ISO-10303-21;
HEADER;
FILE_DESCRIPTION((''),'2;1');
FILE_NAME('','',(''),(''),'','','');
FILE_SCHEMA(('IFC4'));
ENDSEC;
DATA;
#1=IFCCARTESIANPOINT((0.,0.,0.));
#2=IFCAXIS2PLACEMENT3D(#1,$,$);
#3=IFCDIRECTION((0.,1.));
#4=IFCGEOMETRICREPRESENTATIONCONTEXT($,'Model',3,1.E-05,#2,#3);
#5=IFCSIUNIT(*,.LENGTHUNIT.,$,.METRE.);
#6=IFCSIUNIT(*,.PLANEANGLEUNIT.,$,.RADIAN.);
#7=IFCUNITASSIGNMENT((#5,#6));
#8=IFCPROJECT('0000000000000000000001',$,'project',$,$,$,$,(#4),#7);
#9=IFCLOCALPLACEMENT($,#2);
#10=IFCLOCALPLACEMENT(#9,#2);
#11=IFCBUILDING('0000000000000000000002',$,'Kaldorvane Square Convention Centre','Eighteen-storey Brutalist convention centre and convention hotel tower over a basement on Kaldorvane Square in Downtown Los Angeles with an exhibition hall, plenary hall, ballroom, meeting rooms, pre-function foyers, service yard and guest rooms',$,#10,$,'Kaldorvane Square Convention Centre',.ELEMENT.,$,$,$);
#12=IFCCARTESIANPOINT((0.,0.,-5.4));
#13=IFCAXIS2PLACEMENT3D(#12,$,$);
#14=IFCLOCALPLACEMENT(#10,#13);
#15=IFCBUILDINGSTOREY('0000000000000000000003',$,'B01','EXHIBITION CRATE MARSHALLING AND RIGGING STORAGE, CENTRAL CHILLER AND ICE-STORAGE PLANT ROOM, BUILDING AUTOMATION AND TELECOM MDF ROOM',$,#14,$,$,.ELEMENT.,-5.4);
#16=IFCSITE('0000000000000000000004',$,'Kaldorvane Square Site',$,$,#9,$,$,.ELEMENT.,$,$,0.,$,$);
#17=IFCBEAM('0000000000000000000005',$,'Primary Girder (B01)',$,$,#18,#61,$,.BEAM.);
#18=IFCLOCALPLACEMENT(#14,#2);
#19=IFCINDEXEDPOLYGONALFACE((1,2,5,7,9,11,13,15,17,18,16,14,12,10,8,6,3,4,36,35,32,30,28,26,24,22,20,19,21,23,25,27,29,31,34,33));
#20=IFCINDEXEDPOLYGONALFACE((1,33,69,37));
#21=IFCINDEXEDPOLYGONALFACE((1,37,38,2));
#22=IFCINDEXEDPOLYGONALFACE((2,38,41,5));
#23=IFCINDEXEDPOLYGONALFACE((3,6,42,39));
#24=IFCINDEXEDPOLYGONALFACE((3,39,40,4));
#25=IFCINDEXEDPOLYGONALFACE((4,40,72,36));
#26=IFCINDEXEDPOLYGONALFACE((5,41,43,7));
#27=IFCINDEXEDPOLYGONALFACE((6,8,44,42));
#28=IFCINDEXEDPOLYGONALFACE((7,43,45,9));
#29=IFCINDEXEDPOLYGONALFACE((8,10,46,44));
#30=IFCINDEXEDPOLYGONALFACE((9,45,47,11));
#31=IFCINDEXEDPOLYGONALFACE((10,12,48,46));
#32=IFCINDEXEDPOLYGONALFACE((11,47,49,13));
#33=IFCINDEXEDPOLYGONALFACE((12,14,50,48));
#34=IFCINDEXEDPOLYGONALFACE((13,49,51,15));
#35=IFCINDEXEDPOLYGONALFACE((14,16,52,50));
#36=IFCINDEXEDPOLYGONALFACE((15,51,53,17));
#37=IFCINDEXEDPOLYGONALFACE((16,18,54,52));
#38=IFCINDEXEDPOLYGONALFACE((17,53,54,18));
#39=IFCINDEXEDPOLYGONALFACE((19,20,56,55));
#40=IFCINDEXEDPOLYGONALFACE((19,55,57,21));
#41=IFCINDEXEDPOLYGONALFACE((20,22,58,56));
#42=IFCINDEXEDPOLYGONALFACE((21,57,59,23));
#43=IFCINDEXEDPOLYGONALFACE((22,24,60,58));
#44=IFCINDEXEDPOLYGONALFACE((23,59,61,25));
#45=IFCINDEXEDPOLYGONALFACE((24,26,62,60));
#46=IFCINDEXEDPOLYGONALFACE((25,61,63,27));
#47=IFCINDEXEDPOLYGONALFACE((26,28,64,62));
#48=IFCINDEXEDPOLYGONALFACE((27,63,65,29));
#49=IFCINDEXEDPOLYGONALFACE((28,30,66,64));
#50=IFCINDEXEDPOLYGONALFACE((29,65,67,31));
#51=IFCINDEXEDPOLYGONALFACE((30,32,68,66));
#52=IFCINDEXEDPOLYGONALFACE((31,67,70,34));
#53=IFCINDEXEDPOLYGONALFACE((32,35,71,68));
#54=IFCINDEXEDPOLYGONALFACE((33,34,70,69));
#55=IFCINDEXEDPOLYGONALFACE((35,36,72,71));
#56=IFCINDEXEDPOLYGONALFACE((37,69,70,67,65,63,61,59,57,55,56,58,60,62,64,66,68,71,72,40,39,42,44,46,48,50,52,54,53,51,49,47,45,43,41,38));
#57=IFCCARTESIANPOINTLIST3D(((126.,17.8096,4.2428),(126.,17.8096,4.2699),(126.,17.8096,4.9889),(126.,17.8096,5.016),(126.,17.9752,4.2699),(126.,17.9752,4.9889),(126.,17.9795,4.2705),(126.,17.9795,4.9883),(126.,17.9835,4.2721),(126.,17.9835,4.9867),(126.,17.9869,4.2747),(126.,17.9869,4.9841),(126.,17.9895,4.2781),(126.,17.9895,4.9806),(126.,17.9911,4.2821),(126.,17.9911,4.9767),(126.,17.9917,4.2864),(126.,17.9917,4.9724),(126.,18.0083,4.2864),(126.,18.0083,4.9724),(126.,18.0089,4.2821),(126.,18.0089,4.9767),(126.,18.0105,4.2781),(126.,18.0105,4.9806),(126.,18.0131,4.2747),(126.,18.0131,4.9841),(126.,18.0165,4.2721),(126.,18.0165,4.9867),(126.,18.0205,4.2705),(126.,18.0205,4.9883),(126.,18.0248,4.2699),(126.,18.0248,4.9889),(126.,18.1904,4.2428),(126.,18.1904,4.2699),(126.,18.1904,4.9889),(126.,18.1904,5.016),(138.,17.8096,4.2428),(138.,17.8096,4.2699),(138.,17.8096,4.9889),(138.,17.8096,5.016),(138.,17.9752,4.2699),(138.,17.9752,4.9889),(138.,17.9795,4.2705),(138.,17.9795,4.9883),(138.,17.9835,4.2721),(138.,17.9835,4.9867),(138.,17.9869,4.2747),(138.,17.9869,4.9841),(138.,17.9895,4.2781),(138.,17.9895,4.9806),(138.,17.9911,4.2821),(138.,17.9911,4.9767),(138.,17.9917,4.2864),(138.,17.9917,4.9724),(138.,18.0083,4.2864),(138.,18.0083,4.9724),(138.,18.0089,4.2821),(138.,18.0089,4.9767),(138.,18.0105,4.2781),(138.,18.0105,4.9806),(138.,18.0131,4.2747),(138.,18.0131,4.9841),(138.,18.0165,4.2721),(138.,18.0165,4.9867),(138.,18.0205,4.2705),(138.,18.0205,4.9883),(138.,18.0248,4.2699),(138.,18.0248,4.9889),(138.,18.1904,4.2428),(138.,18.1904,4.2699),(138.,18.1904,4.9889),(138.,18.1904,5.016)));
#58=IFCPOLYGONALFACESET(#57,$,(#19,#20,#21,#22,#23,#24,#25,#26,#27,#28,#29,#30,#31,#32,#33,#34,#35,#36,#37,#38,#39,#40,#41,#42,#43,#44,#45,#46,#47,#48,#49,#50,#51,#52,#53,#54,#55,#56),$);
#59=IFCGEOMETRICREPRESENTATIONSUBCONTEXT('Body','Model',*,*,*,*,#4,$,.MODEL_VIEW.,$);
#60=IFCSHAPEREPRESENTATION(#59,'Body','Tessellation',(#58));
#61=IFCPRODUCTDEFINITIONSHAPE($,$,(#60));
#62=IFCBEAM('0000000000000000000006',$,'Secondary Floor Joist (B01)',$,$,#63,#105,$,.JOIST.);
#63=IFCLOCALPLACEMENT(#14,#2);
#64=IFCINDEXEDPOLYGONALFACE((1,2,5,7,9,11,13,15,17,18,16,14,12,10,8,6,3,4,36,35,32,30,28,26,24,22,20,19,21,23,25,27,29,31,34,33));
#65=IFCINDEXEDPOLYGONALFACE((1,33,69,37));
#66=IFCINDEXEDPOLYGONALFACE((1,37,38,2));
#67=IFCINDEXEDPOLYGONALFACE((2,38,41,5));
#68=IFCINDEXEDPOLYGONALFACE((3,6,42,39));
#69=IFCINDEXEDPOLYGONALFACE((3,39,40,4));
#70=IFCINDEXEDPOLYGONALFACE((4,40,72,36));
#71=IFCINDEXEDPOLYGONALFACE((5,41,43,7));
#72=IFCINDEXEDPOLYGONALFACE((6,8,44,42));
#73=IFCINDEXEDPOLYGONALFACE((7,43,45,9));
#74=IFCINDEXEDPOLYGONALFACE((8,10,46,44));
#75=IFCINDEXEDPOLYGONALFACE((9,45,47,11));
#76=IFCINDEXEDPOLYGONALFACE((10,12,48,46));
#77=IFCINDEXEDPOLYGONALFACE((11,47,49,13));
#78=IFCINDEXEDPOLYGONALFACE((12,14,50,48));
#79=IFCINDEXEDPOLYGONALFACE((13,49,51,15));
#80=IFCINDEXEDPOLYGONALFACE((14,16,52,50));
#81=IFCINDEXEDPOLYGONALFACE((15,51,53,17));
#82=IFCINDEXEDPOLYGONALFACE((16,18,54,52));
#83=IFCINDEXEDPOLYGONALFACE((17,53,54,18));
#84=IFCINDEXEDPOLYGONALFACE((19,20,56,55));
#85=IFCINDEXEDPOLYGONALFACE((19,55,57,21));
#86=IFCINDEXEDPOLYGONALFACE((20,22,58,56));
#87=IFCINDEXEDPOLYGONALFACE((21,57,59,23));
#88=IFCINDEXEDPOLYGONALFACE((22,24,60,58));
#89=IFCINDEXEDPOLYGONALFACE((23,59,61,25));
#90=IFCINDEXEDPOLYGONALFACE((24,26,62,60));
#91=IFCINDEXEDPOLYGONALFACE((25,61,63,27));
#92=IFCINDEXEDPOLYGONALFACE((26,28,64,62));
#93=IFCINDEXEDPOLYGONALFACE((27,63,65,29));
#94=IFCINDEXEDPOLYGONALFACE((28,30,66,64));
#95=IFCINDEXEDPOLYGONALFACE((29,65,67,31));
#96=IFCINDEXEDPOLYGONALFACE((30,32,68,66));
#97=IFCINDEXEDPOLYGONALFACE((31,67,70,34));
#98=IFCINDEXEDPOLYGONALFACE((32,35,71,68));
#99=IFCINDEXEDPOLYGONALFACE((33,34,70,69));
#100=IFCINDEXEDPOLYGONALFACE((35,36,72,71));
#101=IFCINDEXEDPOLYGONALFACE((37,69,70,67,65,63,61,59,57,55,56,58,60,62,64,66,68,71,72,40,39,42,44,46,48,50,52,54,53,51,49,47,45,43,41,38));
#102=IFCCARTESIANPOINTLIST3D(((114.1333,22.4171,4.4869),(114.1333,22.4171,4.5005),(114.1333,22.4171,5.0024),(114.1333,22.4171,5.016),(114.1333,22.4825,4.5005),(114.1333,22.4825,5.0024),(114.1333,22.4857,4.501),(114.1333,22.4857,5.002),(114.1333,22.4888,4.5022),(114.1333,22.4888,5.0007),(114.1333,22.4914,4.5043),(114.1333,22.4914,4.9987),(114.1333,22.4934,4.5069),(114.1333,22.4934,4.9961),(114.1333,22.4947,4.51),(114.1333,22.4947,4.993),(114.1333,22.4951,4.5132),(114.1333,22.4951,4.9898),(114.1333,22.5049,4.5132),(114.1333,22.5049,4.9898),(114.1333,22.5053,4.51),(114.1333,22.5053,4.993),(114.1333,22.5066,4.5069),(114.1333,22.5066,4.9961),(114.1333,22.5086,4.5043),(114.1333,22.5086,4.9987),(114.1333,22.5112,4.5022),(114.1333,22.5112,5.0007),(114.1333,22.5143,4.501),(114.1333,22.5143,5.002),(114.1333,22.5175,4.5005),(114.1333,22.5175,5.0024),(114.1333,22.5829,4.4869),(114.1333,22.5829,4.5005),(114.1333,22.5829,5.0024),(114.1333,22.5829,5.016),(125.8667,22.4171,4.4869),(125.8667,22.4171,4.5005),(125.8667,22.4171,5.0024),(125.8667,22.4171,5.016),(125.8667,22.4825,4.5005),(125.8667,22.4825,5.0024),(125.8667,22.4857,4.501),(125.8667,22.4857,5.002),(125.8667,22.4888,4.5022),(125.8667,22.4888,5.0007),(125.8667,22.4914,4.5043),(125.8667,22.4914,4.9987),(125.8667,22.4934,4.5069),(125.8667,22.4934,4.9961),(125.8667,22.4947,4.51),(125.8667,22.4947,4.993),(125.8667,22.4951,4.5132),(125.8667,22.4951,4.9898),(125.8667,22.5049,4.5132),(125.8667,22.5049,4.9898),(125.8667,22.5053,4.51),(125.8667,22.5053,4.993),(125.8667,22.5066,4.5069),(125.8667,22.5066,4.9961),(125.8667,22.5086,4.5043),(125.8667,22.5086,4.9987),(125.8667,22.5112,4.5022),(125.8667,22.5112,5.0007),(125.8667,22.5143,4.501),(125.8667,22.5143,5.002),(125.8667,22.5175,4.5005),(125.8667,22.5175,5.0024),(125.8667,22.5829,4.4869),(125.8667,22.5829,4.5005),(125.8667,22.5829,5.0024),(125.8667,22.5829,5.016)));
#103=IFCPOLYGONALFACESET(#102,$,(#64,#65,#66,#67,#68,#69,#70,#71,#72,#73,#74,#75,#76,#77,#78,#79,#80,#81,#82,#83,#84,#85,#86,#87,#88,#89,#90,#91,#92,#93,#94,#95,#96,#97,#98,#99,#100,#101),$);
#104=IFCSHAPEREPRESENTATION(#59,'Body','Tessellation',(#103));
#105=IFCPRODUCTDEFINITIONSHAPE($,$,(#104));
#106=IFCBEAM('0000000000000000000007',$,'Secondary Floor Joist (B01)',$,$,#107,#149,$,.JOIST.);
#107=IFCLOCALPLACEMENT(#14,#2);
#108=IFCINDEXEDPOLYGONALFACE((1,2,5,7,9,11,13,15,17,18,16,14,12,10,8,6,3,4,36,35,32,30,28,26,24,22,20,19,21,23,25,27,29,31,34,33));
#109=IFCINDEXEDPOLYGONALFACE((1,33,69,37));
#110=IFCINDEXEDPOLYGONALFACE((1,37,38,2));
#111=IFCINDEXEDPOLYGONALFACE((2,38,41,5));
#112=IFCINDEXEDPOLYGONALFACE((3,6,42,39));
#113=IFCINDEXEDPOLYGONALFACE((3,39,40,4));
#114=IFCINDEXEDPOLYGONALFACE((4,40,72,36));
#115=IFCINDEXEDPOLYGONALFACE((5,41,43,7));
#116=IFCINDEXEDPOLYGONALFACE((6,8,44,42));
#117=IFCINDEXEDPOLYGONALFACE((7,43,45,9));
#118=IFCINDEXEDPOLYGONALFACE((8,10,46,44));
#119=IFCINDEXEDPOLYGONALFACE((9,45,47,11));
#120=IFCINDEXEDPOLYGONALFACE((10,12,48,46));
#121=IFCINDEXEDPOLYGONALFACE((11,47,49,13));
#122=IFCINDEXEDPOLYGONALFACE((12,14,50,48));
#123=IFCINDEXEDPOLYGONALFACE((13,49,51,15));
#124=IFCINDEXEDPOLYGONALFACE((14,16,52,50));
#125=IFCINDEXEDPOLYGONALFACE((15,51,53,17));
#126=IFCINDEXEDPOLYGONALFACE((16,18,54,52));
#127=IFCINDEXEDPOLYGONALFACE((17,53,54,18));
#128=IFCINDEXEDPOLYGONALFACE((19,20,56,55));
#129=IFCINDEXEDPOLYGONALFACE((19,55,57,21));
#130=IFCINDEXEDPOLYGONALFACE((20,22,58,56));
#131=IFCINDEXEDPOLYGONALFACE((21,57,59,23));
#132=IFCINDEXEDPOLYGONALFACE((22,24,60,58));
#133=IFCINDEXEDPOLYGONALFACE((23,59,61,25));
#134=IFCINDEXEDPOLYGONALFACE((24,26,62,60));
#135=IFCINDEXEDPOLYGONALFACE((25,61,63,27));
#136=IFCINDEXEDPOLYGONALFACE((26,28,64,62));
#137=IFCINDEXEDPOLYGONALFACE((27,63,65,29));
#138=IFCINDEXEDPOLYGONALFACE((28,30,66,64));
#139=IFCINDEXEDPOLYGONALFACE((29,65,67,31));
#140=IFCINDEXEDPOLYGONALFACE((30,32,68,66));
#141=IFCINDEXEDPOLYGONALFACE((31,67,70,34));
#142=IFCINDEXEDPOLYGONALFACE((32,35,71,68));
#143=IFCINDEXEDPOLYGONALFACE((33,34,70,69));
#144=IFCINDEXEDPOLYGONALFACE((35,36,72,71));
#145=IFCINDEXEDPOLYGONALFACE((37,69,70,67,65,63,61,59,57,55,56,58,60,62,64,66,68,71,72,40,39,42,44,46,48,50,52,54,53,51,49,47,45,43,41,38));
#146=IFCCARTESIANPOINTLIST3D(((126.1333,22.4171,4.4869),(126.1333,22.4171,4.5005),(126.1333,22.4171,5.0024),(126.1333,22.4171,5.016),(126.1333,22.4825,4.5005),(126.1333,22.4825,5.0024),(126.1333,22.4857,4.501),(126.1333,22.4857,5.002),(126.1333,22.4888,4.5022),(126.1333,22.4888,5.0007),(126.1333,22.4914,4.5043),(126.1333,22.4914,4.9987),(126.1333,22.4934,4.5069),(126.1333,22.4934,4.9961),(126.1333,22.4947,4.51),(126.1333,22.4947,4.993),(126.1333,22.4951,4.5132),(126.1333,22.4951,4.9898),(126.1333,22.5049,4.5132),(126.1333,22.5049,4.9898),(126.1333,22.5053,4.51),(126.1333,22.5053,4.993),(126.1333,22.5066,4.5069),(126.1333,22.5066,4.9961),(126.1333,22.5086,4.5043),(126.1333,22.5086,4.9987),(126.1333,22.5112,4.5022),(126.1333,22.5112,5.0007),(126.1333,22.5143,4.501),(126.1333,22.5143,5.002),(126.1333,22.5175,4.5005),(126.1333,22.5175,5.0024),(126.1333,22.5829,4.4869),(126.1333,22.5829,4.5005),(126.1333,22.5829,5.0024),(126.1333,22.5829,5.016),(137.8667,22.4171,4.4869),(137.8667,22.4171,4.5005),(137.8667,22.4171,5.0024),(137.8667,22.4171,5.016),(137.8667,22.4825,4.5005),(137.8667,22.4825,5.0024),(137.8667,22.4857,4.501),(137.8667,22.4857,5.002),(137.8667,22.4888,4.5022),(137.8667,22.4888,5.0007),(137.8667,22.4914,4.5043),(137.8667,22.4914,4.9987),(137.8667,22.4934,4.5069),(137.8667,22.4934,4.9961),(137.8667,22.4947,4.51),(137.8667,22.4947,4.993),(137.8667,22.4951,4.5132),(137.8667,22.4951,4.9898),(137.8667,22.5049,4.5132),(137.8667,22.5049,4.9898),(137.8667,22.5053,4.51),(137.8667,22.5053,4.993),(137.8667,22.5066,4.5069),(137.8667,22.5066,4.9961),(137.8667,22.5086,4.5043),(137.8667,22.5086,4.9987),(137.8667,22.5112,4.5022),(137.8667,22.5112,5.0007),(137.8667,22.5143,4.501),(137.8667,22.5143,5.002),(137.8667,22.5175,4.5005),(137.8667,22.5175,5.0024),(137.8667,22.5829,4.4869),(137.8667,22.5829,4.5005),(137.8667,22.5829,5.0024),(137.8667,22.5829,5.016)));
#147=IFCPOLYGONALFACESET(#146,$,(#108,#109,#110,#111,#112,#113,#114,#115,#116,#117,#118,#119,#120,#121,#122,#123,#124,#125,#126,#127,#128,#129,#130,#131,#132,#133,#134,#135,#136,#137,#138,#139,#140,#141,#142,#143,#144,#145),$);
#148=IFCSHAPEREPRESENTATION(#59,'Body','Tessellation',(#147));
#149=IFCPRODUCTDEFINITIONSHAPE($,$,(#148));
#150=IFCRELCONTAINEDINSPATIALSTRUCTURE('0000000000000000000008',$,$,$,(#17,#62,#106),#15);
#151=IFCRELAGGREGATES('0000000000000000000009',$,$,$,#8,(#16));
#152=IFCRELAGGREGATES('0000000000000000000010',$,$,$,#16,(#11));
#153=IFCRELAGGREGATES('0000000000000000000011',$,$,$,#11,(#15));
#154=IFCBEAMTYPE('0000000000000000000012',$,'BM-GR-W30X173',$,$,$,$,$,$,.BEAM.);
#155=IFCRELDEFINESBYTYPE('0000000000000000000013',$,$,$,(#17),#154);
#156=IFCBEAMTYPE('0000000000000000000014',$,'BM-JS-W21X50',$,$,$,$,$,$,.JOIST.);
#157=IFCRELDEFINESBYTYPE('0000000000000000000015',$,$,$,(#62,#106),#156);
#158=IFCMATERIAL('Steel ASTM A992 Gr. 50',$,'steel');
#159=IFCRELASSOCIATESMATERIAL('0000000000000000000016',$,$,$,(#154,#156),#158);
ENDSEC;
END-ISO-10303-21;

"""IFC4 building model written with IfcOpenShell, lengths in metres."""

from ifc_helpers import new_model, si_unit, direction, frame, origin, origin_2d, place, context, subcontext, project, spatial, i_section, extrude, material, material_profile, profile_set, type_object, element, save


model = new_model("IFC4")

# Units and contexts
model_context = context("Model", 3, precision=1e-05, world=origin(), true_north=direction((0.0, 1.0)))
body_context = subcontext(model_context, "Body", "Model", "MODEL_VIEW")
ifc_project = project(units=[si_unit("LENGTHUNIT", "METRE"), si_unit("PLANEANGLEUNIT", "RADIAN")], contexts=[model_context])

# Site, building, storey
site_placement = place(None, origin())
site = spatial("IfcSite", under=ifc_project, at=site_placement, Name="Kaldorvane Square Site", CompositionType="ELEMENT", RefElevation=0.0)
building_placement = place(site_placement, origin())
building = spatial("IfcBuilding", under=site, at=building_placement, Name="Kaldorvane Square Convention Centre", Description="Eighteen-storey Brutalist convention centre and convention hotel tower over a basement on Kaldorvane Square in Downtown Los Angeles with an exhibition hall, plenary hall, ballroom, meeting rooms, pre-function foyers, service yard and guest rooms", LongName="Kaldorvane Square Convention Centre", CompositionType="ELEMENT")
storey_placement = place(building_placement, frame((0.0, 0.0, -5.4)))
storey = spatial("IfcBuildingStorey", under=building, at=storey_placement, Name="B01", Description="EXHIBITION CRATE MARSHALLING AND RIGGING STORAGE, CENTRAL CHILLER AND ICE-STORAGE PLANT ROOM, BUILDING AUTOMATION AND TELECOM MDF ROOM", CompositionType="ELEMENT", Elevation=-5.4)

# Shared definitions
ifc_material_1 = material(Name="Steel ASTM A992 Gr. 50", Category="steel")

# Beams
ifc_material_profile_1 = material_profile(ifc_material_1, i_section(OverallWidth=0.3807, OverallDepth=0.7732, WebThickness=0.0166, FlangeThickness=0.0271, FilletRadius=0.0165, at=origin_2d()), Name="W30X173")
ifc_profile_set_1 = profile_set([ifc_material_profile_1], Name="Steel ASTM A992 Gr. 50")
beam_type_1 = type_object("IfcBeamType", Name="BM-GR-W30X173", PredefinedType="BEAM", material=ifc_profile_set_1)
for number, where, z_axis, x_axis, name in (
    (1, (126.0, 18.0, 4.6294), (1.0, 0.0, 0.0), (0.0, 1.0, 0.0), "Primary Girder (B01)"),
):
    element("IfcBeam", number, at=place(storey_placement, frame(where, z_axis=z_axis, x_axis=x_axis)), inside=storey, type_object=beam_type_1, Name=name, PredefinedType="BEAM", context=body_context, shape_type="SweptSolid", body=[
        extrude(i_section(OverallWidth=0.3807, OverallDepth=0.7732, WebThickness=0.0166, FlangeThickness=0.0271, FilletRadius=0.0165, at=origin_2d()), origin(), (0.0, 0.0, 1.0), 12.0),
    ])
ifc_material_profile_2 = material_profile(ifc_material_1, i_section(OverallWidth=0.1659, OverallDepth=0.5291, WebThickness=0.0097, FlangeThickness=0.0136, FilletRadius=0.0127, at=origin_2d()), Name="W21X50")
ifc_profile_set_2 = profile_set([ifc_material_profile_2], Name="Steel ASTM A992 Gr. 50")
beam_type_2 = type_object("IfcBeamType", Name="BM-JS-W21X50", PredefinedType="JOIST", material=ifc_profile_set_2)
for number, where, z_axis, x_axis, name in (
    (2, (114.1333, 22.5, 4.7515), (1.0, 0.0, 0.0), (0.0, 1.0, 0.0), "Secondary Floor Joist (B01)"),
    (3, (126.1333, 22.5, 4.7515), (1.0, 0.0, 0.0), (0.0, 1.0, 0.0), "Secondary Floor Joist (B01)"),
):
    element("IfcBeam", number, at=place(storey_placement, frame(where, z_axis=z_axis, x_axis=x_axis)), inside=storey, type_object=beam_type_2, Name=name, PredefinedType="JOIST", context=body_context, shape_type="SweptSolid", body=[
        extrude(i_section(OverallWidth=0.1659, OverallDepth=0.5291, WebThickness=0.0097, FlangeThickness=0.0136, FilletRadius=0.0127, at=origin_2d()), origin(), (0.0, 0.0, 1.0), 11.7334),
    ])

save(model, "model.ifc")
